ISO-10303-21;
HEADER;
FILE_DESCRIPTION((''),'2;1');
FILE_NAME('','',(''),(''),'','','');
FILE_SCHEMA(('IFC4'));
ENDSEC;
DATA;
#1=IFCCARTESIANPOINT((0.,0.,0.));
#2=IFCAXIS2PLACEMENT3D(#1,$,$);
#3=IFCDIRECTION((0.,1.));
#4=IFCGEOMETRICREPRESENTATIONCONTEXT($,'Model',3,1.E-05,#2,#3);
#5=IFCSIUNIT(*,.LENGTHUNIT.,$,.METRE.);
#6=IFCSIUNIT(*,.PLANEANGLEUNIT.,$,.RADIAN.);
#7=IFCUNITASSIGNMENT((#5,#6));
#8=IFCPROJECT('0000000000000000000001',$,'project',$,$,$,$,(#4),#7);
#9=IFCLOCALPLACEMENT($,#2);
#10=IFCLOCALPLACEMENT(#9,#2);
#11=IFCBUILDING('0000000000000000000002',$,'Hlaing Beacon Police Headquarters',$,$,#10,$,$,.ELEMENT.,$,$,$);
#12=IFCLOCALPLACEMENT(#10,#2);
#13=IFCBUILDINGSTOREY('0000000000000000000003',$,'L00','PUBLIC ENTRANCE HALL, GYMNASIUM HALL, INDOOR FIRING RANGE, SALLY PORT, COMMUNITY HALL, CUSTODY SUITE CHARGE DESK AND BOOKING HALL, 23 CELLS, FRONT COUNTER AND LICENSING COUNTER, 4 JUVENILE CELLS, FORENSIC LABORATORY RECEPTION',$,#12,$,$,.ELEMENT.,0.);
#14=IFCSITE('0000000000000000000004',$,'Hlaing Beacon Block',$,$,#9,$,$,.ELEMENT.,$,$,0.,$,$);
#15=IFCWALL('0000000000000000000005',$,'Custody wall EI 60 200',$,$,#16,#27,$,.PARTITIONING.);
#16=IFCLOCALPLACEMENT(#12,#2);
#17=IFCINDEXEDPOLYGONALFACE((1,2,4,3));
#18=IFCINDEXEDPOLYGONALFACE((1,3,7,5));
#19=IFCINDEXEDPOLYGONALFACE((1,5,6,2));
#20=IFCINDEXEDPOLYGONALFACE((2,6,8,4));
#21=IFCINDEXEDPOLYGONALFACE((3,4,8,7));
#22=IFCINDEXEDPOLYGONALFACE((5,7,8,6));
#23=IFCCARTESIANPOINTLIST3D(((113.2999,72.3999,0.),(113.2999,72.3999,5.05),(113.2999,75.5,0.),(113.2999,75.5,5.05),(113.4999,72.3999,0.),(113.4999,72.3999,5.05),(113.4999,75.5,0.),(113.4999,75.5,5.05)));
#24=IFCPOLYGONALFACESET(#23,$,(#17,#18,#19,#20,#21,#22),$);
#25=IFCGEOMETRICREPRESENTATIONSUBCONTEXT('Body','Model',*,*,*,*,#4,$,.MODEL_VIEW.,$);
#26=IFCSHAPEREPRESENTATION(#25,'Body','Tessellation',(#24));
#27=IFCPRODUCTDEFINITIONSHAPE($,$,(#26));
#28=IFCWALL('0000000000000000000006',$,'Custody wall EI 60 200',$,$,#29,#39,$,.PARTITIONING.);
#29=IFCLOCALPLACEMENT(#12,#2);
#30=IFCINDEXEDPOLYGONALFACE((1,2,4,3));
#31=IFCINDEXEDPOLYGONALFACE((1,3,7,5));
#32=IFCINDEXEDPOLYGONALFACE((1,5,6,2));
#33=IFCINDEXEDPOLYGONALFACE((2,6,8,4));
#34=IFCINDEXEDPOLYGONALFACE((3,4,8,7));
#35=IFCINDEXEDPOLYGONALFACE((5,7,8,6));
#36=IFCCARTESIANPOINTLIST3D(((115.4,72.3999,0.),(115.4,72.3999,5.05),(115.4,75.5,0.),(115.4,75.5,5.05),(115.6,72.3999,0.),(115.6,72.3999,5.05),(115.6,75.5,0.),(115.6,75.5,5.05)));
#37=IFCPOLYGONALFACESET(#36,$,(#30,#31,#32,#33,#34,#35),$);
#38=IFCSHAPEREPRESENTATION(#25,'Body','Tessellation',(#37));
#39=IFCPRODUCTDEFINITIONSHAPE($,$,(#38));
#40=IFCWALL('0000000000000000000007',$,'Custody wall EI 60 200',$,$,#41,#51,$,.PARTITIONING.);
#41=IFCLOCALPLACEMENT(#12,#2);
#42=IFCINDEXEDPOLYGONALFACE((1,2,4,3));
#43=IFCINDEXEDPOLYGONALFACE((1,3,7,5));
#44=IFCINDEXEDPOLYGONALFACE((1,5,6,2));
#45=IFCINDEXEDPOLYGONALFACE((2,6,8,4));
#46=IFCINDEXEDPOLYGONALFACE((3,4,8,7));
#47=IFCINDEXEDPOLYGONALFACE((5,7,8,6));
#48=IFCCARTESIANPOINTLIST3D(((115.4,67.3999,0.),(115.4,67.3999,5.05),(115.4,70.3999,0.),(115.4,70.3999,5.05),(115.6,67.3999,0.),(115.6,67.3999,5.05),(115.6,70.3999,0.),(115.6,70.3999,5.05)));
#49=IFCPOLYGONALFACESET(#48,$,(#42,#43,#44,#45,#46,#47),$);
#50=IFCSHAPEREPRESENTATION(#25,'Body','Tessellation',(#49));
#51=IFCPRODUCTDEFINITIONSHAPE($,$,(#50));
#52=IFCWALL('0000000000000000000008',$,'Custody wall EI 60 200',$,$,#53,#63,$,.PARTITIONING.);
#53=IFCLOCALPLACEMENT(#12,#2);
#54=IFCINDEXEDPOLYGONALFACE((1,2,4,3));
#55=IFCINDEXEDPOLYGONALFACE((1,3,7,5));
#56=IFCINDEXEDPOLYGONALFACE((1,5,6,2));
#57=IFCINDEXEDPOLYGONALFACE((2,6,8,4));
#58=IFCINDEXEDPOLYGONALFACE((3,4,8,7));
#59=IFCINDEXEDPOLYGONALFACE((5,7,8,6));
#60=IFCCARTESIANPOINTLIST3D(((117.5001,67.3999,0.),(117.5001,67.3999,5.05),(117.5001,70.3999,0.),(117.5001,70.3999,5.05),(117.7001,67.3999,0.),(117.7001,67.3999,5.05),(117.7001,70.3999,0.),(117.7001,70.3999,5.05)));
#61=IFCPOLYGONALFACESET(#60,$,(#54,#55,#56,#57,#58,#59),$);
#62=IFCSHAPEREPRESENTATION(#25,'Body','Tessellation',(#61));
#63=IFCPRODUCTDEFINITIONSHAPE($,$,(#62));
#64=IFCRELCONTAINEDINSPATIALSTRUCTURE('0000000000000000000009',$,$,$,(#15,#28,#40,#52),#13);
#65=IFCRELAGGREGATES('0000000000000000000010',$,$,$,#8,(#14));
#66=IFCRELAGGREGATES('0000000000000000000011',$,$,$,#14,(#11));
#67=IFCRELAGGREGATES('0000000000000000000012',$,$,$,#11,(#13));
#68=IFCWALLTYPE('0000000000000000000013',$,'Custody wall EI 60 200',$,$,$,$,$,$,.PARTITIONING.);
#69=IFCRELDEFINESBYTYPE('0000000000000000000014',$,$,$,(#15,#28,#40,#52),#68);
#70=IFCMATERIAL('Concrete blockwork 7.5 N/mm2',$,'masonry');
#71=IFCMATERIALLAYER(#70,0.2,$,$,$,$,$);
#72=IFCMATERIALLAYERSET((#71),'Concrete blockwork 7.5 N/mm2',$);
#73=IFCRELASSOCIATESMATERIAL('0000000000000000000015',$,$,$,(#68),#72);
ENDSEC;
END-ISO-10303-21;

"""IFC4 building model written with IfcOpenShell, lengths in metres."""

from ifc_helpers import new_model, si_unit, direction, frame, frame_2d, origin, place, context, subcontext, project, spatial, rectangle, extrude, material, layer, layer_set, type_object, element, save


model = new_model("IFC4")

# Units and contexts
model_context = context("Model", 3, precision=1e-05, world=origin(), true_north=direction((0.0, 1.0)))
body_context = subcontext(model_context, "Body", "Model", "MODEL_VIEW")
ifc_project = project(units=[si_unit("LENGTHUNIT", "METRE"), si_unit("PLANEANGLEUNIT", "RADIAN")], contexts=[model_context])

# Site, building, storey
site_placement = place(None, origin())
site = spatial("IfcSite", under=ifc_project, at=site_placement, Name="Hlaing Beacon Block", CompositionType="ELEMENT", RefElevation=0.0)
building_placement = place(site_placement, origin())
building = spatial("IfcBuilding", under=site, at=building_placement, Name="Hlaing Beacon Police Headquarters", CompositionType="ELEMENT")
storey_placement = place(building_placement, origin())
storey = spatial("IfcBuildingStorey", under=building, at=storey_placement, Name="L00", Description="PUBLIC ENTRANCE HALL, GYMNASIUM HALL, INDOOR FIRING RANGE, SALLY PORT, COMMUNITY HALL, CUSTODY SUITE CHARGE DESK AND BOOKING HALL, 23 CELLS, FRONT COUNTER AND LICENSING COUNTER, 4 JUVENILE CELLS, FORENSIC LABORATORY RECEPTION", CompositionType="ELEMENT", Elevation=0.0)

# Shared definitions
ifc_material_1 = material(Name="Concrete blockwork 7.5 N/mm2", Category="masonry")
ifc_layer_1 = layer(ifc_material_1, 0.2)
ifc_layer_set_1 = layer_set([ifc_layer_1], Name="Concrete blockwork 7.5 N/mm2")
wall_type_1 = type_object("IfcWallType", Name="Custody wall EI 60 200", PredefinedType="PARTITIONING", material=ifc_layer_set_1)

# Walls
for number, where, z_axis, x_axis, name in (
    (1, (113.3999, 72.3999, 0.0), (0.0, 0.0, 1.0), (0.0, 1.0, 0.0), "Custody wall EI 60 200"),
    (2, (115.5, 72.3999, 0.0), (0.0, 0.0, 1.0), (0.0, 1.0, 0.0), "Custody wall EI 60 200"),
):
    element("IfcWall", number, at=place(storey_placement, frame(where, z_axis=z_axis, x_axis=x_axis)), inside=storey, type_object=wall_type_1, Name=name, PredefinedType="PARTITIONING", context=body_context, shape_type="SweptSolid", body=[
        extrude(rectangle(XDim=3.1001, YDim=0.2, at=frame_2d((1.55, 0.0))), origin(), (0.0, 0.0, 1.0), 5.05),
    ])
for number, where, z_axis, x_axis, name in (
    (3, (115.5, 67.3999, 0.0), (0.0, 0.0, 1.0), (0.0, 1.0, 0.0), "Custody wall EI 60 200"),
    (4, (117.6001, 67.3999, 0.0), (0.0, 0.0, 1.0), (0.0, 1.0, 0.0), "Custody wall EI 60 200"),
):
    element("IfcWall", number, at=place(storey_placement, frame(where, z_axis=z_axis, x_axis=x_axis)), inside=storey, type_object=wall_type_1, Name=name, PredefinedType="PARTITIONING", context=body_context, shape_type="SweptSolid", body=[
        extrude(rectangle(XDim=3.0, YDim=0.2, at=frame_2d((1.5, 0.0))), origin(), (0.0, 0.0, 1.0), 5.05),
    ])

save(model, "model.ifc")
